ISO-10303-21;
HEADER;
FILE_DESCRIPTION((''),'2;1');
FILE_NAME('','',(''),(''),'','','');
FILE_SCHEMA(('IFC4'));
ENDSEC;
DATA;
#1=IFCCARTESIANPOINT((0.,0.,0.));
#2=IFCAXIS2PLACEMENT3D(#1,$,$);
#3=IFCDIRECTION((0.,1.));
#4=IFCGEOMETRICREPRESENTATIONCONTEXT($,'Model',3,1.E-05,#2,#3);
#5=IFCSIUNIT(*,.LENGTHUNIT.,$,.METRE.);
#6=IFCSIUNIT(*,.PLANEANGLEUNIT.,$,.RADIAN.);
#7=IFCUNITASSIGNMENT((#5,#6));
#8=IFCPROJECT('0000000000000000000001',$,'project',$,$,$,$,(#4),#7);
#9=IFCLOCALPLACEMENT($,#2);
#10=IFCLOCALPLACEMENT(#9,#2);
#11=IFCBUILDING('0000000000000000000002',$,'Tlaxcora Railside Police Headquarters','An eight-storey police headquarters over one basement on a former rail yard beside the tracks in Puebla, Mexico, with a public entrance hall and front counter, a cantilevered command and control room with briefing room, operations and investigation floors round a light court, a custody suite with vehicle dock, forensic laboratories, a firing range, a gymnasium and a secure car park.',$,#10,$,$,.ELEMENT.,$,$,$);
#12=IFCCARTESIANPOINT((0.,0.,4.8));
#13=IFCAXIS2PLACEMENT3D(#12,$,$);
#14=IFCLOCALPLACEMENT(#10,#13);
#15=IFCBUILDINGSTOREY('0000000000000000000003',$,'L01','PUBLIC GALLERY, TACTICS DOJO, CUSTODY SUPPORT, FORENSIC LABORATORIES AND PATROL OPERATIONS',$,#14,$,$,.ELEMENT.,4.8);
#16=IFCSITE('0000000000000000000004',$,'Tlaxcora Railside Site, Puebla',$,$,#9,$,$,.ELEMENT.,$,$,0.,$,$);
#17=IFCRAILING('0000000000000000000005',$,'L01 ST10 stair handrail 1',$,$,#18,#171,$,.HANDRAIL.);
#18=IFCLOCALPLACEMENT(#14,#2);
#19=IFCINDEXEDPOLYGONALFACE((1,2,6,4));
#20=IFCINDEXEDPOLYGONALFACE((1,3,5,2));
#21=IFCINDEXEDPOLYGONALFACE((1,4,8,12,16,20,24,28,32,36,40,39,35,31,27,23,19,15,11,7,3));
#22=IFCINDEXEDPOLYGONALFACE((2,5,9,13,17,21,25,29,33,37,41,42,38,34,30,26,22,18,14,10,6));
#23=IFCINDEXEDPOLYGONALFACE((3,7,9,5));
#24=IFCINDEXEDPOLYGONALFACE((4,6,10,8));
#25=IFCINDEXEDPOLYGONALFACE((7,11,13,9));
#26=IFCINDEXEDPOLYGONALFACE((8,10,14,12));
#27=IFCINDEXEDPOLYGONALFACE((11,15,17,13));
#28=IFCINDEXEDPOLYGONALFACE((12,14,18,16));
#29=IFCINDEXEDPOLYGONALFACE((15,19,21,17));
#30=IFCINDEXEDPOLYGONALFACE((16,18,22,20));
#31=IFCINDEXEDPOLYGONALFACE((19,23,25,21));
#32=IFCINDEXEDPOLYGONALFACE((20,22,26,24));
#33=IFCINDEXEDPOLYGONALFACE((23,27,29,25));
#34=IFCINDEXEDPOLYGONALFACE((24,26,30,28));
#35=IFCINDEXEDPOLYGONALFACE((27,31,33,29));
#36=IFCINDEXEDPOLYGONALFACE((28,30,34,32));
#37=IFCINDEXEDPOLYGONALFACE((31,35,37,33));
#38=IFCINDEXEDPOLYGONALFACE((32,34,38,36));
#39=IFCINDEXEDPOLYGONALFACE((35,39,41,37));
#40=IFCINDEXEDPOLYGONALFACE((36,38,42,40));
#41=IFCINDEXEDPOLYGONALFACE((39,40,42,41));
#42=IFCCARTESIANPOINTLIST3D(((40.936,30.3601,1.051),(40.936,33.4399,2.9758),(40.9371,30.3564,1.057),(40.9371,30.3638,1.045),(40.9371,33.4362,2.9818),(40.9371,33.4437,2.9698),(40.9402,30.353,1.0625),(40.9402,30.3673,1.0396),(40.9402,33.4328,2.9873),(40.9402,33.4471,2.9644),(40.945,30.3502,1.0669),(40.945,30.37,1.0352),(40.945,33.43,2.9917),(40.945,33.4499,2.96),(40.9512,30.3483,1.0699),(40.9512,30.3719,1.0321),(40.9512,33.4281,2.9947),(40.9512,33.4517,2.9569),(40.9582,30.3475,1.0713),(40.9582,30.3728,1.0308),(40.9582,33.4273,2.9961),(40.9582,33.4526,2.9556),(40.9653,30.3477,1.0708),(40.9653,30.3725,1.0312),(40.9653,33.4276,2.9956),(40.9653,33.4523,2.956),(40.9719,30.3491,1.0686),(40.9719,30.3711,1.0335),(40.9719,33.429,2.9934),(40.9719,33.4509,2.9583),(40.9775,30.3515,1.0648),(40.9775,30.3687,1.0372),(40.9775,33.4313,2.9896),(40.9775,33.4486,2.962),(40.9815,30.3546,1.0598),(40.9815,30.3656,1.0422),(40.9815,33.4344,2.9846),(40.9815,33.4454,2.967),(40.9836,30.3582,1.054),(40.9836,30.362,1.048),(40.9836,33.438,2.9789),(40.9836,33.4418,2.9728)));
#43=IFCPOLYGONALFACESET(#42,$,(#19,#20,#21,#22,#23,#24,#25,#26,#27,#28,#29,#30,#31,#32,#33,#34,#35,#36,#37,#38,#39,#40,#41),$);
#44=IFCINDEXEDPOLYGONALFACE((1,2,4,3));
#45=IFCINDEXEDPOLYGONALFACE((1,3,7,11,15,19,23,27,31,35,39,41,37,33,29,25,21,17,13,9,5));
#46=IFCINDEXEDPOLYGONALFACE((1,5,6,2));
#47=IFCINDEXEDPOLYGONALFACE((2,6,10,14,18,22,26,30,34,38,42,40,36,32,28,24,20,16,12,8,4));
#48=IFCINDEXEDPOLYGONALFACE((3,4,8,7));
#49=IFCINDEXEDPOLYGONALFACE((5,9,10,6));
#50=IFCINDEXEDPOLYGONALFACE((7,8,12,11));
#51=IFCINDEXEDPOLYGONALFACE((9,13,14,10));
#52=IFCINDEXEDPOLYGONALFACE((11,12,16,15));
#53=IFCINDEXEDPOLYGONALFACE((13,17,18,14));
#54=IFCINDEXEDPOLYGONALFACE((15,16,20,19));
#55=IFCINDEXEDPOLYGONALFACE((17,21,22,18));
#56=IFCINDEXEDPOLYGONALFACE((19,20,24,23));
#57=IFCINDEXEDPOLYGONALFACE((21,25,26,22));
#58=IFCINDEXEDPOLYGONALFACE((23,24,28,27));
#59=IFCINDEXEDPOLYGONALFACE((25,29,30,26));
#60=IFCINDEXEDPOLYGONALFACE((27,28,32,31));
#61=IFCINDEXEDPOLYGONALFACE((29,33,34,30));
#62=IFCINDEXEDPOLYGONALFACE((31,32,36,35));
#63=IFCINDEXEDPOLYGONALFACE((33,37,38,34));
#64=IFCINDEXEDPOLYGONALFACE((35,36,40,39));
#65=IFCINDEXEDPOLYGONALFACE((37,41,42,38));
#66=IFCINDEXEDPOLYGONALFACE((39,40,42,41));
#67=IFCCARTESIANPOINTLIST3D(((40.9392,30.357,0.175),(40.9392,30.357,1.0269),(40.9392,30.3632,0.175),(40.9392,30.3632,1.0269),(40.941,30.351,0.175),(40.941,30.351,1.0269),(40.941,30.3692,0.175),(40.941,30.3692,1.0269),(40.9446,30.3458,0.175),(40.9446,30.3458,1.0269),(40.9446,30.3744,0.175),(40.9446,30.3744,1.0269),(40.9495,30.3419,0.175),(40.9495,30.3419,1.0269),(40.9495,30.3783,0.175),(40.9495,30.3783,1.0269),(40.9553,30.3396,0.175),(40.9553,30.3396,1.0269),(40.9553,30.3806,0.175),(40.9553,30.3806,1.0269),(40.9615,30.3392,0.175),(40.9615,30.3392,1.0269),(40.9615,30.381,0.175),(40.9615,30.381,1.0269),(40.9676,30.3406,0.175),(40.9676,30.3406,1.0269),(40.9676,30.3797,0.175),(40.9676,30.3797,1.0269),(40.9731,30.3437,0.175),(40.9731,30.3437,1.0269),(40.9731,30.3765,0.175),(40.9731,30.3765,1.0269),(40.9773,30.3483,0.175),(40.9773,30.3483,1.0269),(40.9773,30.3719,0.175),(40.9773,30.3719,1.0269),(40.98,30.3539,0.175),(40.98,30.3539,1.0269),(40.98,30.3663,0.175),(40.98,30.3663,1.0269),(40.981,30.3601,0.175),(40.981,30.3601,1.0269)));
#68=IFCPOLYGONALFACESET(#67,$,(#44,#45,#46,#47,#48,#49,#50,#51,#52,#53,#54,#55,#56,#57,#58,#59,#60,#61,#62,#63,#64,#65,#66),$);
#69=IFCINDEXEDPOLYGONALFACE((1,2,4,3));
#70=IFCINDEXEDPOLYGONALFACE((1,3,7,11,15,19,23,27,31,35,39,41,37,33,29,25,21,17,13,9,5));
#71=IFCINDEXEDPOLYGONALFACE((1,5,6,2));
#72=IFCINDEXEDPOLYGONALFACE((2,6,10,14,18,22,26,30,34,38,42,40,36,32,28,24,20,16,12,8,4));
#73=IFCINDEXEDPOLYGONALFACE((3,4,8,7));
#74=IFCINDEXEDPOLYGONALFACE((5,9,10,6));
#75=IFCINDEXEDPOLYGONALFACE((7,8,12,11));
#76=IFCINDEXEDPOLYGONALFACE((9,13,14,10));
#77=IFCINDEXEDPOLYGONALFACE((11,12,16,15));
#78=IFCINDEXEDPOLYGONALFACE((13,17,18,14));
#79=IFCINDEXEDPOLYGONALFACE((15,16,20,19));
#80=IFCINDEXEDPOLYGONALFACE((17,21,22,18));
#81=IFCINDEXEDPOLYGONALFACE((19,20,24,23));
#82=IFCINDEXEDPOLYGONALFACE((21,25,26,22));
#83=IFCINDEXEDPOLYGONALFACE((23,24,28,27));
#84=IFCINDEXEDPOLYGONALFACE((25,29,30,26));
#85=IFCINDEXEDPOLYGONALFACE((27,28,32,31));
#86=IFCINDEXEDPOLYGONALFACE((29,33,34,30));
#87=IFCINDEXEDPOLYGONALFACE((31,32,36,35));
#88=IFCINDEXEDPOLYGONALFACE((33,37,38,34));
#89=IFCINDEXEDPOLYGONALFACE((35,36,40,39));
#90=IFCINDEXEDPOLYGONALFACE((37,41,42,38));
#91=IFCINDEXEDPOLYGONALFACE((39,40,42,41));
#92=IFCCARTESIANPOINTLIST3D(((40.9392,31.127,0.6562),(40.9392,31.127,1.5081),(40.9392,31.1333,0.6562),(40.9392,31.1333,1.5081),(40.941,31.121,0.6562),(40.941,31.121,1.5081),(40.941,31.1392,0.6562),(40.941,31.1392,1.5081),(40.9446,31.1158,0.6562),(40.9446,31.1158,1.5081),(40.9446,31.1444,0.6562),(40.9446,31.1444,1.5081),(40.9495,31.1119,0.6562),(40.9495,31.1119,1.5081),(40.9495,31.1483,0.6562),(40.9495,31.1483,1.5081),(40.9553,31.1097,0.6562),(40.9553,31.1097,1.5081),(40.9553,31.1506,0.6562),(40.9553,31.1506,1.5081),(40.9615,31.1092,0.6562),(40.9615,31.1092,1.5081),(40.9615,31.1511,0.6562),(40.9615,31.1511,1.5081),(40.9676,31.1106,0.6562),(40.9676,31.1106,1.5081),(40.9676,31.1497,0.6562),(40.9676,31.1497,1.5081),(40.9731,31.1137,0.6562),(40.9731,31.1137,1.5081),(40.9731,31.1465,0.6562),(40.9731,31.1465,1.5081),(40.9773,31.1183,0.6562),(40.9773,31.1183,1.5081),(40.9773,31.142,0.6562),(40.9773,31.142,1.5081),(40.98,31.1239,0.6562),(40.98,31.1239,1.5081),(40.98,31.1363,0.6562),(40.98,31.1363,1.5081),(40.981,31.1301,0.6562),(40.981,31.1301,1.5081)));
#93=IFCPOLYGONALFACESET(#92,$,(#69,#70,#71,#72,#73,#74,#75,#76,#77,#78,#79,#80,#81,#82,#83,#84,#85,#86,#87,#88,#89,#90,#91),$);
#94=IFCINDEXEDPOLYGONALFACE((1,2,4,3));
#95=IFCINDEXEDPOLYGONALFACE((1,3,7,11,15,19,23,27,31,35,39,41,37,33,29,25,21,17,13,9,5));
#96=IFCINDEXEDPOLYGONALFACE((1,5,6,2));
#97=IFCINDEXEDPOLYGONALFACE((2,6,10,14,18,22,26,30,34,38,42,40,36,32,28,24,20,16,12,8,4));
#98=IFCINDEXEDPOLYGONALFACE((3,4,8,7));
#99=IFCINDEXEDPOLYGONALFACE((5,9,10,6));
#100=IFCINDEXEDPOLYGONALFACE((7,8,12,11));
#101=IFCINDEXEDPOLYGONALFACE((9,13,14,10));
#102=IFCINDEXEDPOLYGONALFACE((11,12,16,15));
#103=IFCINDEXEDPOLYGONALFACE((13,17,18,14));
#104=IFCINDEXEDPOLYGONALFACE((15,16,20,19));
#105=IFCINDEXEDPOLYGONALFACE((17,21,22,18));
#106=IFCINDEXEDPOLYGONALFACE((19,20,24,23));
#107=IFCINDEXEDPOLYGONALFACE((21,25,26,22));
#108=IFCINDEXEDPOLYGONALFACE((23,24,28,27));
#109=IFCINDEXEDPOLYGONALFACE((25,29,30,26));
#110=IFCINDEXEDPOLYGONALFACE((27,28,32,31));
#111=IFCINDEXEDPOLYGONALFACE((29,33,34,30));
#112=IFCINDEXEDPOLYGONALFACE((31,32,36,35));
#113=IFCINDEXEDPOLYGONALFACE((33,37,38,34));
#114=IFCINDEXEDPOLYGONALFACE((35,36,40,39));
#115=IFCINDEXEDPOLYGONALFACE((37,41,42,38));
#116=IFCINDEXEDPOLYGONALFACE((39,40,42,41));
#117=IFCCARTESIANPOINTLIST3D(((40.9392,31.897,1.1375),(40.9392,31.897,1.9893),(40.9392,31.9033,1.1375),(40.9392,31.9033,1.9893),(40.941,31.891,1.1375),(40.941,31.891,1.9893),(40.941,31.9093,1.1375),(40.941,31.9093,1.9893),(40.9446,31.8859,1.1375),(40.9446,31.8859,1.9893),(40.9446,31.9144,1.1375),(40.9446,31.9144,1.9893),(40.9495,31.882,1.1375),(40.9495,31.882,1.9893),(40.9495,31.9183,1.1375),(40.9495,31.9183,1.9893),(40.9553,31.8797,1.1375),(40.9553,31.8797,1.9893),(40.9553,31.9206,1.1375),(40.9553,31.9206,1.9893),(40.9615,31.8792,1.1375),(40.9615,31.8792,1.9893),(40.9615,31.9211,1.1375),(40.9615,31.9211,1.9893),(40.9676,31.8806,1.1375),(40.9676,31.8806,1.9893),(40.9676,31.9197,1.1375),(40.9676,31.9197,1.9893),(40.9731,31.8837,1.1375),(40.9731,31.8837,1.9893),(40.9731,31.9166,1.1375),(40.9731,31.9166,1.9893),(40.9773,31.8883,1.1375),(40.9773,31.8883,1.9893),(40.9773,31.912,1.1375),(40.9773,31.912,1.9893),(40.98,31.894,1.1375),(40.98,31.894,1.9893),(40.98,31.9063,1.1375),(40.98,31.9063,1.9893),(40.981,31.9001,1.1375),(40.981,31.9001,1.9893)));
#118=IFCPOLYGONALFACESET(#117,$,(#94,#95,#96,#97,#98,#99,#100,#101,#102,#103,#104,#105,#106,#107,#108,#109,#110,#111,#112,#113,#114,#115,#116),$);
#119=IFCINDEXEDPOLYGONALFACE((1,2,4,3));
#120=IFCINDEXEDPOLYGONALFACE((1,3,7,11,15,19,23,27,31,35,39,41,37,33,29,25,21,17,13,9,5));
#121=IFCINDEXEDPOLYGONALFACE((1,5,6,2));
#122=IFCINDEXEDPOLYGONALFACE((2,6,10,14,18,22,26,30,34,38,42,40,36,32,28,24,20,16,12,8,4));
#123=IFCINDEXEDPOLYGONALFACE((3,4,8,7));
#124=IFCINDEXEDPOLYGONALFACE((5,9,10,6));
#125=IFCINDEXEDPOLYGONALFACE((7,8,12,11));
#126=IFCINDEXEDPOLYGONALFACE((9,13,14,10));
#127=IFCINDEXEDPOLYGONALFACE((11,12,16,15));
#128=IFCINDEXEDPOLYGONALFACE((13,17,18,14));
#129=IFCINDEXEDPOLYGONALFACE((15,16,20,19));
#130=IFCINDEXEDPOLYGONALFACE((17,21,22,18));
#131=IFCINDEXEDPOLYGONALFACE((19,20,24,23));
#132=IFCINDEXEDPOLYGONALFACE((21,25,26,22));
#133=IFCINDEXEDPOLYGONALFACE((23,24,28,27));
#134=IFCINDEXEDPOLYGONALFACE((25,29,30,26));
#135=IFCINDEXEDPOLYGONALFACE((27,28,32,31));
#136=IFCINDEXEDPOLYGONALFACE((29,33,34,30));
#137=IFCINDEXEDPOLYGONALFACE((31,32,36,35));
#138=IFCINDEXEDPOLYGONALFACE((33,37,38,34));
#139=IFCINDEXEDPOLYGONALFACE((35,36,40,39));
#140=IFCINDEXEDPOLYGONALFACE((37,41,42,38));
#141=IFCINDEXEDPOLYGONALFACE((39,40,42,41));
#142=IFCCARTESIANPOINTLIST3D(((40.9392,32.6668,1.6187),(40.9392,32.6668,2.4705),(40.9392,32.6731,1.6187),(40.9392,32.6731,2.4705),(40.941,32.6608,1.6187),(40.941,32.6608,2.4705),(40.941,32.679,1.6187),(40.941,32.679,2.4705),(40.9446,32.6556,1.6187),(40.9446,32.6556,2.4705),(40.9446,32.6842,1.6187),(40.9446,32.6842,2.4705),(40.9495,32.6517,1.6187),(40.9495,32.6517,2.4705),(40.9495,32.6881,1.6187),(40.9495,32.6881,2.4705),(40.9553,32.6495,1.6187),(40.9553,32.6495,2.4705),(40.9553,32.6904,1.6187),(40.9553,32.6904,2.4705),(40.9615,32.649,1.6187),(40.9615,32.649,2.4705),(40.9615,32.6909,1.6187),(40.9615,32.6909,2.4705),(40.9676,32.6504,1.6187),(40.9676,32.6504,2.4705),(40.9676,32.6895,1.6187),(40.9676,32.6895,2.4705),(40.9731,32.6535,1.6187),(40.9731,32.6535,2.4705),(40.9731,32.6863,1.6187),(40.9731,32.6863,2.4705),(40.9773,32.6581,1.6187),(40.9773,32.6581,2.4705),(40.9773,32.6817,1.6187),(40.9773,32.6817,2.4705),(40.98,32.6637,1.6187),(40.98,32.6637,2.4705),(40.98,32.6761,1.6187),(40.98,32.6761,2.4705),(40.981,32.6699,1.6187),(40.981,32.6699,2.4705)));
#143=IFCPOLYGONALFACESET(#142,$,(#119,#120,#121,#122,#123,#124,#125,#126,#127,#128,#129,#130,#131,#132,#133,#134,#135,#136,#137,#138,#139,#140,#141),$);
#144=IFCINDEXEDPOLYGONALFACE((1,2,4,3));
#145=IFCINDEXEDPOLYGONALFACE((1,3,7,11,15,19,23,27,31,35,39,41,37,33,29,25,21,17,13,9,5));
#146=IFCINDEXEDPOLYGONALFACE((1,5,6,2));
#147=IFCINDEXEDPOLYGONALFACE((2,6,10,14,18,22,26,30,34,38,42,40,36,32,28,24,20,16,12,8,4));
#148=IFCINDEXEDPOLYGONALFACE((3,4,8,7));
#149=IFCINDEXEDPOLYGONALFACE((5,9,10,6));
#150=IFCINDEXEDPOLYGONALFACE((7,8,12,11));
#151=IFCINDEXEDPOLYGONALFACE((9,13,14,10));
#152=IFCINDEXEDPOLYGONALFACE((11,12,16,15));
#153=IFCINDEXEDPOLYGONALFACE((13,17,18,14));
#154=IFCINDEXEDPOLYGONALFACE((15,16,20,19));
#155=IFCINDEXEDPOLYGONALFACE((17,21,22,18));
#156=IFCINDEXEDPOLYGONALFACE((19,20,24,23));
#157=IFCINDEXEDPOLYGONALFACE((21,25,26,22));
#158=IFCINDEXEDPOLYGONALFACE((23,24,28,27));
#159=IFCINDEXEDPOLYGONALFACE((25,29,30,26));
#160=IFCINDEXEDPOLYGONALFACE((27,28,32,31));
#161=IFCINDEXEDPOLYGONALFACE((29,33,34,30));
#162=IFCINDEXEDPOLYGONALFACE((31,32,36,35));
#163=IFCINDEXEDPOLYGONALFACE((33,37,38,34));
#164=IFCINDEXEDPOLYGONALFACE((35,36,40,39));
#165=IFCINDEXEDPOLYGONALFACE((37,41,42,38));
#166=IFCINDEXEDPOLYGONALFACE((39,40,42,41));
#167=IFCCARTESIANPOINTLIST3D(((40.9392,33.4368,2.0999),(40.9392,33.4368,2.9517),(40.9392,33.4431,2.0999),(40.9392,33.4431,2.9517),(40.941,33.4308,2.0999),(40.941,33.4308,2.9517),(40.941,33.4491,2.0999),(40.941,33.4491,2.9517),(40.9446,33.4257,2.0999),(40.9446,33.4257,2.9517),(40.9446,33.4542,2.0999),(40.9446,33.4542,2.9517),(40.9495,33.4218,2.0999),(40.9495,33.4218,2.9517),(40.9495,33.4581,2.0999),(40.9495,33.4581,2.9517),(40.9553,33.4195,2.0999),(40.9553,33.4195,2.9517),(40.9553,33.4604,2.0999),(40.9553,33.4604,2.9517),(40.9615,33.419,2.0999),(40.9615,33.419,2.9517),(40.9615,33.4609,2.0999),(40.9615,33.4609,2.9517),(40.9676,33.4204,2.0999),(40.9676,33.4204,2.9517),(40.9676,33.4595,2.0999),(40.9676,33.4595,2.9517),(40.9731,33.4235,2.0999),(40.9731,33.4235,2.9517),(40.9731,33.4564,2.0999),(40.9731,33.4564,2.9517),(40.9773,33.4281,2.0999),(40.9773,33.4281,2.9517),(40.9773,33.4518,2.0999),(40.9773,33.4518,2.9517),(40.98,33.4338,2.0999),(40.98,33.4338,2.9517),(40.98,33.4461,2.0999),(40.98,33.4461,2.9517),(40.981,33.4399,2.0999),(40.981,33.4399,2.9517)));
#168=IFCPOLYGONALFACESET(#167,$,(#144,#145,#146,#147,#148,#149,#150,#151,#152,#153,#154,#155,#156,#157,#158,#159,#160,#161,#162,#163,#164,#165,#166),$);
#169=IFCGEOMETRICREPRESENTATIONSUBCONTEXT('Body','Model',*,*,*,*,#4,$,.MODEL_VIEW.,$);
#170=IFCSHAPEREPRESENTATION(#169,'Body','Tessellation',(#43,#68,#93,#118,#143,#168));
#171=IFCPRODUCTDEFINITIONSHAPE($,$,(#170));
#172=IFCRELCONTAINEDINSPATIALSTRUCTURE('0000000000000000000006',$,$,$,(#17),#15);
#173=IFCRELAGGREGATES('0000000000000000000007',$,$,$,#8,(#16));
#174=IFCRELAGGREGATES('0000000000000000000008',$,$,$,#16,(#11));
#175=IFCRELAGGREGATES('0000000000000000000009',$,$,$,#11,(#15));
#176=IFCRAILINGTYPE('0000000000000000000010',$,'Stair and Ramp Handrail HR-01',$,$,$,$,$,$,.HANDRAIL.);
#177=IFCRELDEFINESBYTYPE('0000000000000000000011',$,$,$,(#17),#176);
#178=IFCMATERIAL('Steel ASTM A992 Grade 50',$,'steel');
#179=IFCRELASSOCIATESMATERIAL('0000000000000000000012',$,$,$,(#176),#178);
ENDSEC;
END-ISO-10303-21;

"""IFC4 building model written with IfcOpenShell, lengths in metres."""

from ifc_helpers import new_model, si_unit, direction, frame, origin, origin_2d, place, context, subcontext, project, spatial, circle, extrude, material, type_object, element, save


model = new_model("IFC4")

# Units and contexts
model_context = context("Model", 3, precision=1e-05, world=origin(), true_north=direction((0.0, 1.0)))
body_context = subcontext(model_context, "Body", "Model", "MODEL_VIEW")
ifc_project = project(units=[si_unit("LENGTHUNIT", "METRE"), si_unit("PLANEANGLEUNIT", "RADIAN")], contexts=[model_context])

# Site, building, storey
site_placement = place(None, origin())
site = spatial("IfcSite", under=ifc_project, at=site_placement, Name="Tlaxcora Railside Site, Puebla", CompositionType="ELEMENT", RefElevation=0.0)
building_placement = place(site_placement, origin())
building = spatial("IfcBuilding", under=site, at=building_placement, Name="Tlaxcora Railside Police Headquarters", Description="An eight-storey police headquarters over one basement on a former rail yard beside the tracks in Puebla, Mexico, with a public entrance hall and front counter, a cantilevered command and control room with briefing room, operations and investigation floors round a light court, a custody suite with vehicle dock, forensic laboratories, a firing range, a gymnasium and a secure car park.", CompositionType="ELEMENT")
storey_placement = place(building_placement, frame((0.0, 0.0, 4.8)))
storey = spatial("IfcBuildingStorey", under=building, at=storey_placement, Name="L01", Description="PUBLIC GALLERY, TACTICS DOJO, CUSTODY SUPPORT, FORENSIC LABORATORIES AND PATROL OPERATIONS", CompositionType="ELEMENT", Elevation=4.8)

# Railing
ifc_material_1 = material(Name="Steel ASTM A992 Grade 50", Category="steel")
railing_type = type_object("IfcRailingType", Name="Stair and Ramp Handrail HR-01", PredefinedType="HANDRAIL", material=ifc_material_1)
railing_placement = place(storey_placement, frame((40.96, 30.3601, 0.175)))
element("IfcRailing", 1, at=railing_placement, inside=storey, type_object=railing_type, Name="L01 ST10 stair handrail 1", PredefinedType="HANDRAIL", context=body_context, shape_type="SweptSolid", body=[
    extrude(circle(Radius=0.0239, at=origin_2d()), frame((0.0, 0.0, 0.876), z_axis=(0.0, 0.84801, 0.529981), x_axis=(-1.0, 0.0, 0.0)), (0.0, 0.0, 1.0), 3.6318),
    extrude(circle(Radius=0.021, at=origin_2d()), origin(), (0.0, 0.0, 1.0), 0.8518),
    extrude(circle(Radius=0.021, at=origin_2d()), frame((0.0, 0.77, 0.4812)), (0.0, 0.0, 1.0), 0.8518),
    extrude(circle(Radius=0.021, at=origin_2d()), frame((0.0, 1.54, 0.9624)), (0.0, 0.0, 1.0), 0.8518),
    extrude(circle(Radius=0.021, at=origin_2d()), frame((0.0, 2.3098, 1.4436)), (0.0, 0.0, 1.0), 0.8518),
    extrude(circle(Radius=0.021, at=origin_2d()), frame((0.0, 3.0798, 1.9248)), (0.0, 0.0, 1.0), 0.8518),
])

save(model, "model.ifc")
